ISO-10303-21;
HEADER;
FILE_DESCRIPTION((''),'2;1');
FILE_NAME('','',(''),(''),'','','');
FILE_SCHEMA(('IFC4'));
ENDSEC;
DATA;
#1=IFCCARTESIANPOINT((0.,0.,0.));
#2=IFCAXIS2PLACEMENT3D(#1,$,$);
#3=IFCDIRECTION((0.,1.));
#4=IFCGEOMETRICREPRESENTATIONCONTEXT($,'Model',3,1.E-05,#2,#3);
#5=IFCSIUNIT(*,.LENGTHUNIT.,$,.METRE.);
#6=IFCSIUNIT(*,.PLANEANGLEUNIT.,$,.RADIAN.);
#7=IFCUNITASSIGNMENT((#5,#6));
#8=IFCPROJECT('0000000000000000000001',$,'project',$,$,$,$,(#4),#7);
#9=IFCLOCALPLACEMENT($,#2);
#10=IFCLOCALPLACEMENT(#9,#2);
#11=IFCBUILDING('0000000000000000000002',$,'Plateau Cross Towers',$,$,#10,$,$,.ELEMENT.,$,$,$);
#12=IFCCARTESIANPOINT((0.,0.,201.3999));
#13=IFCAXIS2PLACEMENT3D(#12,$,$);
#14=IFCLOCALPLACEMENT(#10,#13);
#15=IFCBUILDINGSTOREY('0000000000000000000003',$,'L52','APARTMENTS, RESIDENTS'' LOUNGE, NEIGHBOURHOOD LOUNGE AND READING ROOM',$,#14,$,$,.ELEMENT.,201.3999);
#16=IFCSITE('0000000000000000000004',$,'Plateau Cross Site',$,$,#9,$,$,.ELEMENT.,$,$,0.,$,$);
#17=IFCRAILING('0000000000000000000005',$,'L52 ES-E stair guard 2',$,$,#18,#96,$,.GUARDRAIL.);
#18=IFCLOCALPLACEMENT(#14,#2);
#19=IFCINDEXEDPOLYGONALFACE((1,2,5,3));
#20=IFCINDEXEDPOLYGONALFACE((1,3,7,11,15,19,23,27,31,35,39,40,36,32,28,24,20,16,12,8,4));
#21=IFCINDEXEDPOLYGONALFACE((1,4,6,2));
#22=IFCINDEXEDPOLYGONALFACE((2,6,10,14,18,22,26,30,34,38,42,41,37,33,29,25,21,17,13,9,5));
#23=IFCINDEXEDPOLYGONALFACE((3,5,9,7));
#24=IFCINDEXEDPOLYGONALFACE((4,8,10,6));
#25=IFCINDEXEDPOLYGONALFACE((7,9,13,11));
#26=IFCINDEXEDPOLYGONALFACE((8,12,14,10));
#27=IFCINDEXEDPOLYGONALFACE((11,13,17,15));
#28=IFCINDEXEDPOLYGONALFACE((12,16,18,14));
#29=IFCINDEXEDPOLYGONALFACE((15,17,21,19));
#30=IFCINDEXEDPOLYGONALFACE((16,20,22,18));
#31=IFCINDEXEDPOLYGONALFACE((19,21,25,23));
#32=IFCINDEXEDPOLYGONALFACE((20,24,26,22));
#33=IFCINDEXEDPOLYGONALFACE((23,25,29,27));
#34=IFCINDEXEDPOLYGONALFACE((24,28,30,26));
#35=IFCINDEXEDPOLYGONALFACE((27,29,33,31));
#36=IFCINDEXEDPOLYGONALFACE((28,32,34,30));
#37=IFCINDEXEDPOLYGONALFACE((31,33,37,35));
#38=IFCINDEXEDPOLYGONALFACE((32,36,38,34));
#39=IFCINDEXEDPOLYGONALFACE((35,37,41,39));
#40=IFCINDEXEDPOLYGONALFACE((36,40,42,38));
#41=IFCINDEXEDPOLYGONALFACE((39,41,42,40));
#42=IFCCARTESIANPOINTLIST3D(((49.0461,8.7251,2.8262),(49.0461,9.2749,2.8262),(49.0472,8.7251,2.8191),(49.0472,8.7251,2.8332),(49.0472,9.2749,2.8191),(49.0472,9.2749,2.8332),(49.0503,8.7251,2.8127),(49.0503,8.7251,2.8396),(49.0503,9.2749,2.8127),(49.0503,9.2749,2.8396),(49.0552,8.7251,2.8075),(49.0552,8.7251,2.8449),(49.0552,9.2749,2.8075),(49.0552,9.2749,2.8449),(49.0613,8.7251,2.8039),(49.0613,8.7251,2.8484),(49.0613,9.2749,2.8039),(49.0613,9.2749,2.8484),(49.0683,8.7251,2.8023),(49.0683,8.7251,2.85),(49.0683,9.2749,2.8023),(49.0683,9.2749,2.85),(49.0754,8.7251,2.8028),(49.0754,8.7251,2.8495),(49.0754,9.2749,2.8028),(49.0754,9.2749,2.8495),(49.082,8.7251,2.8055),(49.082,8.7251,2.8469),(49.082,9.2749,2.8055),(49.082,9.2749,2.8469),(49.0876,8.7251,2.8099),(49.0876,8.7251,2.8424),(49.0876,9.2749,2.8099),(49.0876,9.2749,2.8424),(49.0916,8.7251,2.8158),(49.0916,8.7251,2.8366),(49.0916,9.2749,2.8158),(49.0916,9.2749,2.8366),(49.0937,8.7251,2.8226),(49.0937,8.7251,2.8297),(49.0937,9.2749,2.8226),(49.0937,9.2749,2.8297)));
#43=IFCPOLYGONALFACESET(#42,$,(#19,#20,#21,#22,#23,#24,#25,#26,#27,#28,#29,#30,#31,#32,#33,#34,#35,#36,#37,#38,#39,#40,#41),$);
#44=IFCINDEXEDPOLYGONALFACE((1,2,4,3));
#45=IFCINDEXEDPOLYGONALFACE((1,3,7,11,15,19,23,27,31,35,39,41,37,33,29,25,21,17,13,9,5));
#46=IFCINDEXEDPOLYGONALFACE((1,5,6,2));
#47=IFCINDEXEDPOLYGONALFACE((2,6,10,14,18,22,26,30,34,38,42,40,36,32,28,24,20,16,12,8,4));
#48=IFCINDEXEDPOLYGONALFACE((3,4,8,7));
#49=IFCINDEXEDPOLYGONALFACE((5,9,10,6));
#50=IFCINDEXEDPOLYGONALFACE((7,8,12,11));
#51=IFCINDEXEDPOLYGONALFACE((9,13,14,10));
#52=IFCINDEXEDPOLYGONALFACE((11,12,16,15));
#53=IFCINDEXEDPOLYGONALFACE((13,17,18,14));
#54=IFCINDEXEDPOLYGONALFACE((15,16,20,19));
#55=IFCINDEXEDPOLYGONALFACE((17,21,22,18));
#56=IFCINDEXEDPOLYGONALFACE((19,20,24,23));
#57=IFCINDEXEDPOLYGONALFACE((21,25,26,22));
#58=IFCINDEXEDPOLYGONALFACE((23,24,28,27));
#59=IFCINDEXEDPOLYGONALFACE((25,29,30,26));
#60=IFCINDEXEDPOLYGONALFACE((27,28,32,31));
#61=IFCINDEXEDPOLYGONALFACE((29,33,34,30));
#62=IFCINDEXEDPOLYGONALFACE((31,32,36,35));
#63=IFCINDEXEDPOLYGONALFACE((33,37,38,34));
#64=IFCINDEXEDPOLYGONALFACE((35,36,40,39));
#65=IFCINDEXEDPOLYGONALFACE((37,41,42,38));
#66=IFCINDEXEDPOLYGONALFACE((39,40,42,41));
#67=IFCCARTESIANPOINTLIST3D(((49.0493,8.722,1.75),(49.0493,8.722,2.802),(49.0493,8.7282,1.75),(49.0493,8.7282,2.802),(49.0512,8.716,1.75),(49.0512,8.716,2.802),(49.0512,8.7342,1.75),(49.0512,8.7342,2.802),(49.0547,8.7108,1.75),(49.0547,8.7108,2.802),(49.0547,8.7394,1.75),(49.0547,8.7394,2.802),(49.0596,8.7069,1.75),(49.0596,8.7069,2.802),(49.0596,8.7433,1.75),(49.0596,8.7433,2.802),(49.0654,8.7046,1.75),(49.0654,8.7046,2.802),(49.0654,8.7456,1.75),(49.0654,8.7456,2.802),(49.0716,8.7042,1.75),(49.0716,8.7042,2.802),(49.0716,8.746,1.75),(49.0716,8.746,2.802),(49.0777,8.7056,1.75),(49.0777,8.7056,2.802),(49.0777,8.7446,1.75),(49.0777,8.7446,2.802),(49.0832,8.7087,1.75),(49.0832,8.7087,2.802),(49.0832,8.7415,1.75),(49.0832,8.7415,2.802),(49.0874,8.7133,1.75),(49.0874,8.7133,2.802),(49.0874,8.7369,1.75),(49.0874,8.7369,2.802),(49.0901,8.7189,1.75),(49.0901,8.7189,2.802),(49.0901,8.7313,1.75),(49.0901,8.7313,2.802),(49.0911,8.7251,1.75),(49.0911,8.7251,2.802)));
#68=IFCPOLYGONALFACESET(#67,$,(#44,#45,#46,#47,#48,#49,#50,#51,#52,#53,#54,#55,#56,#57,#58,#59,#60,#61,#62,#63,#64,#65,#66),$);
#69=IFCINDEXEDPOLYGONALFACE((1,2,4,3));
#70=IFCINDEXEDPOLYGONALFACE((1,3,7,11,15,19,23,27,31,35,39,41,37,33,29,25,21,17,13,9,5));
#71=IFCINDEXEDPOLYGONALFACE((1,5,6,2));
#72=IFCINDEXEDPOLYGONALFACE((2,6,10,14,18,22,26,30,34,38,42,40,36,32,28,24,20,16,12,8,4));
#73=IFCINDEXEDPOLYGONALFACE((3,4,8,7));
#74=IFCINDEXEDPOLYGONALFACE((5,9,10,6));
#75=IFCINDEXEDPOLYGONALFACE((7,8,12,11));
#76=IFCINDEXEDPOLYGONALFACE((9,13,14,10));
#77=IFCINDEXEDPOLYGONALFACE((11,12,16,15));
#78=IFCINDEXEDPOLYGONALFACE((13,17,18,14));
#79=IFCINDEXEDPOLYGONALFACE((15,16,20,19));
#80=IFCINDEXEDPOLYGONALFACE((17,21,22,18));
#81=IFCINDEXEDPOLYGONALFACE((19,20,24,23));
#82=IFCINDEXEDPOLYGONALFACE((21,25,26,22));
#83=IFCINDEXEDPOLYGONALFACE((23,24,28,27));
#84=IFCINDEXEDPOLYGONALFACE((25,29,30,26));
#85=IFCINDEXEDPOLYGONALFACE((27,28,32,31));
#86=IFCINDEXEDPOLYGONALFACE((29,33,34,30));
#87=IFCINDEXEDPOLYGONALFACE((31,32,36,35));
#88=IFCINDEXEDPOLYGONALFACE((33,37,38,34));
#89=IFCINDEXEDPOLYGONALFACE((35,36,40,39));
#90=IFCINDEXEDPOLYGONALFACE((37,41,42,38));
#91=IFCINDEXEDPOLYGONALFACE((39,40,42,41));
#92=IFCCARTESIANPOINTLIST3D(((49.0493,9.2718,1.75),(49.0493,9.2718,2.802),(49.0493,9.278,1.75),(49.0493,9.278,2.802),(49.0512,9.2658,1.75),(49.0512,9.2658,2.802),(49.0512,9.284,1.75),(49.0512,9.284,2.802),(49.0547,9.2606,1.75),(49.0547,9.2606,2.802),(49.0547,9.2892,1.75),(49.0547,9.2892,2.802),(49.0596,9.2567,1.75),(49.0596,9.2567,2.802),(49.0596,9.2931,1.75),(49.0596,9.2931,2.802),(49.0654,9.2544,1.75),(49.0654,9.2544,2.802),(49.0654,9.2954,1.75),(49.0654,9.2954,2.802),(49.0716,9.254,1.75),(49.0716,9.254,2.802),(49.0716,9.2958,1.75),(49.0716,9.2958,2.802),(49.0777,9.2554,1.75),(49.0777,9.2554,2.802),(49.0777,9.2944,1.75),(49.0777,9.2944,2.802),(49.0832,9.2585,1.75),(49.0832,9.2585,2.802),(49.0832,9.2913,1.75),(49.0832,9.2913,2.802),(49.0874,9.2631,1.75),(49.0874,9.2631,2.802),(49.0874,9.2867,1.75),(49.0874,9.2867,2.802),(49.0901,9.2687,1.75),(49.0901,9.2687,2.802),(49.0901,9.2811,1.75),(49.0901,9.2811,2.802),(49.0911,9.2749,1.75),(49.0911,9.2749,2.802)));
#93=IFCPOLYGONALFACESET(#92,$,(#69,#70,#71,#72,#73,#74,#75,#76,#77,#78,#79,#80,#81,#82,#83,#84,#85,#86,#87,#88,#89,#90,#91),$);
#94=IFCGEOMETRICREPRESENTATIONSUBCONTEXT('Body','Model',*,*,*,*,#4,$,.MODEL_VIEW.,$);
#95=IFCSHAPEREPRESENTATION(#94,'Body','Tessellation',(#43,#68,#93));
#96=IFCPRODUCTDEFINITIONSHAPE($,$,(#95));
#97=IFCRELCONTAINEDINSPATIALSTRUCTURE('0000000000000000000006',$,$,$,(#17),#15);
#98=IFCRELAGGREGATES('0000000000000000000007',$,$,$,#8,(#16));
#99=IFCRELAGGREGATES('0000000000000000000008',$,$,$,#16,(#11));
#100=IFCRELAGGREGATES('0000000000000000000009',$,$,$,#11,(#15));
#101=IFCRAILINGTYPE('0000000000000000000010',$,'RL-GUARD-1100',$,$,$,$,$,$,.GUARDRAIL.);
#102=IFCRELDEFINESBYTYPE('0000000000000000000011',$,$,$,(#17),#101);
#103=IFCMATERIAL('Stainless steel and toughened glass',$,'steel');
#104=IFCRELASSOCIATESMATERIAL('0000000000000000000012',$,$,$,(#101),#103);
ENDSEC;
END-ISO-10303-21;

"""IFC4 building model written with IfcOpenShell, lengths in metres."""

from ifc_helpers import new_model, si_unit, direction, frame, origin, origin_2d, place, context, subcontext, project, spatial, circle, extrude, material, type_object, element, save


model = new_model("IFC4")

# Units and contexts
model_context = context("Model", 3, precision=1e-05, world=origin(), true_north=direction((0.0, 1.0)))
body_context = subcontext(model_context, "Body", "Model", "MODEL_VIEW")
ifc_project = project(units=[si_unit("LENGTHUNIT", "METRE"), si_unit("PLANEANGLEUNIT", "RADIAN")], contexts=[model_context])

# Site, building, storey
site_placement = place(None, origin())
site = spatial("IfcSite", under=ifc_project, at=site_placement, Name="Plateau Cross Site", CompositionType="ELEMENT", RefElevation=0.0)
building_placement = place(site_placement, origin())
building = spatial("IfcBuilding", under=site, at=building_placement, Name="Plateau Cross Towers", CompositionType="ELEMENT")
storey_placement = place(building_placement, frame((0.0, 0.0, 201.3999)))
storey = spatial("IfcBuildingStorey", under=building, at=storey_placement, Name="L52", Description="APARTMENTS, RESIDENTS' LOUNGE, NEIGHBOURHOOD LOUNGE AND READING ROOM", CompositionType="ELEMENT", Elevation=201.3999)

# Railing
ifc_material_1 = material(Name="Stainless steel and toughened glass", Category="steel")
railing_type_1 = type_object("IfcRailingType", Name="RL-GUARD-1100", PredefinedType="GUARDRAIL", material=ifc_material_1)
railing_1_placement = place(storey_placement, frame((49.0701, 8.7251, 1.75)))
element("IfcRailing", 1, at=railing_1_placement, inside=storey, type_object=railing_type_1, Name="L52 ES-E stair guard 2", PredefinedType="GUARDRAIL", context=body_context, shape_type="SweptSolid", body=[
    extrude(circle(Radius=0.0239, at=origin_2d()), frame((0.0, 0.0, 1.0762), z_axis=(0.0, 1.0, 0.0), x_axis=(-1.0, 0.0, 0.0)), (0.0, 0.0, 1.0), 0.5498),
    extrude(circle(Radius=0.021, at=origin_2d()), origin(), (0.0, 0.0, 1.0), 1.052),
    extrude(circle(Radius=0.021, at=origin_2d()), frame((0.0, 0.5498, 0.0)), (0.0, 0.0, 1.0), 1.052),
])

save(model, "model.ifc")
